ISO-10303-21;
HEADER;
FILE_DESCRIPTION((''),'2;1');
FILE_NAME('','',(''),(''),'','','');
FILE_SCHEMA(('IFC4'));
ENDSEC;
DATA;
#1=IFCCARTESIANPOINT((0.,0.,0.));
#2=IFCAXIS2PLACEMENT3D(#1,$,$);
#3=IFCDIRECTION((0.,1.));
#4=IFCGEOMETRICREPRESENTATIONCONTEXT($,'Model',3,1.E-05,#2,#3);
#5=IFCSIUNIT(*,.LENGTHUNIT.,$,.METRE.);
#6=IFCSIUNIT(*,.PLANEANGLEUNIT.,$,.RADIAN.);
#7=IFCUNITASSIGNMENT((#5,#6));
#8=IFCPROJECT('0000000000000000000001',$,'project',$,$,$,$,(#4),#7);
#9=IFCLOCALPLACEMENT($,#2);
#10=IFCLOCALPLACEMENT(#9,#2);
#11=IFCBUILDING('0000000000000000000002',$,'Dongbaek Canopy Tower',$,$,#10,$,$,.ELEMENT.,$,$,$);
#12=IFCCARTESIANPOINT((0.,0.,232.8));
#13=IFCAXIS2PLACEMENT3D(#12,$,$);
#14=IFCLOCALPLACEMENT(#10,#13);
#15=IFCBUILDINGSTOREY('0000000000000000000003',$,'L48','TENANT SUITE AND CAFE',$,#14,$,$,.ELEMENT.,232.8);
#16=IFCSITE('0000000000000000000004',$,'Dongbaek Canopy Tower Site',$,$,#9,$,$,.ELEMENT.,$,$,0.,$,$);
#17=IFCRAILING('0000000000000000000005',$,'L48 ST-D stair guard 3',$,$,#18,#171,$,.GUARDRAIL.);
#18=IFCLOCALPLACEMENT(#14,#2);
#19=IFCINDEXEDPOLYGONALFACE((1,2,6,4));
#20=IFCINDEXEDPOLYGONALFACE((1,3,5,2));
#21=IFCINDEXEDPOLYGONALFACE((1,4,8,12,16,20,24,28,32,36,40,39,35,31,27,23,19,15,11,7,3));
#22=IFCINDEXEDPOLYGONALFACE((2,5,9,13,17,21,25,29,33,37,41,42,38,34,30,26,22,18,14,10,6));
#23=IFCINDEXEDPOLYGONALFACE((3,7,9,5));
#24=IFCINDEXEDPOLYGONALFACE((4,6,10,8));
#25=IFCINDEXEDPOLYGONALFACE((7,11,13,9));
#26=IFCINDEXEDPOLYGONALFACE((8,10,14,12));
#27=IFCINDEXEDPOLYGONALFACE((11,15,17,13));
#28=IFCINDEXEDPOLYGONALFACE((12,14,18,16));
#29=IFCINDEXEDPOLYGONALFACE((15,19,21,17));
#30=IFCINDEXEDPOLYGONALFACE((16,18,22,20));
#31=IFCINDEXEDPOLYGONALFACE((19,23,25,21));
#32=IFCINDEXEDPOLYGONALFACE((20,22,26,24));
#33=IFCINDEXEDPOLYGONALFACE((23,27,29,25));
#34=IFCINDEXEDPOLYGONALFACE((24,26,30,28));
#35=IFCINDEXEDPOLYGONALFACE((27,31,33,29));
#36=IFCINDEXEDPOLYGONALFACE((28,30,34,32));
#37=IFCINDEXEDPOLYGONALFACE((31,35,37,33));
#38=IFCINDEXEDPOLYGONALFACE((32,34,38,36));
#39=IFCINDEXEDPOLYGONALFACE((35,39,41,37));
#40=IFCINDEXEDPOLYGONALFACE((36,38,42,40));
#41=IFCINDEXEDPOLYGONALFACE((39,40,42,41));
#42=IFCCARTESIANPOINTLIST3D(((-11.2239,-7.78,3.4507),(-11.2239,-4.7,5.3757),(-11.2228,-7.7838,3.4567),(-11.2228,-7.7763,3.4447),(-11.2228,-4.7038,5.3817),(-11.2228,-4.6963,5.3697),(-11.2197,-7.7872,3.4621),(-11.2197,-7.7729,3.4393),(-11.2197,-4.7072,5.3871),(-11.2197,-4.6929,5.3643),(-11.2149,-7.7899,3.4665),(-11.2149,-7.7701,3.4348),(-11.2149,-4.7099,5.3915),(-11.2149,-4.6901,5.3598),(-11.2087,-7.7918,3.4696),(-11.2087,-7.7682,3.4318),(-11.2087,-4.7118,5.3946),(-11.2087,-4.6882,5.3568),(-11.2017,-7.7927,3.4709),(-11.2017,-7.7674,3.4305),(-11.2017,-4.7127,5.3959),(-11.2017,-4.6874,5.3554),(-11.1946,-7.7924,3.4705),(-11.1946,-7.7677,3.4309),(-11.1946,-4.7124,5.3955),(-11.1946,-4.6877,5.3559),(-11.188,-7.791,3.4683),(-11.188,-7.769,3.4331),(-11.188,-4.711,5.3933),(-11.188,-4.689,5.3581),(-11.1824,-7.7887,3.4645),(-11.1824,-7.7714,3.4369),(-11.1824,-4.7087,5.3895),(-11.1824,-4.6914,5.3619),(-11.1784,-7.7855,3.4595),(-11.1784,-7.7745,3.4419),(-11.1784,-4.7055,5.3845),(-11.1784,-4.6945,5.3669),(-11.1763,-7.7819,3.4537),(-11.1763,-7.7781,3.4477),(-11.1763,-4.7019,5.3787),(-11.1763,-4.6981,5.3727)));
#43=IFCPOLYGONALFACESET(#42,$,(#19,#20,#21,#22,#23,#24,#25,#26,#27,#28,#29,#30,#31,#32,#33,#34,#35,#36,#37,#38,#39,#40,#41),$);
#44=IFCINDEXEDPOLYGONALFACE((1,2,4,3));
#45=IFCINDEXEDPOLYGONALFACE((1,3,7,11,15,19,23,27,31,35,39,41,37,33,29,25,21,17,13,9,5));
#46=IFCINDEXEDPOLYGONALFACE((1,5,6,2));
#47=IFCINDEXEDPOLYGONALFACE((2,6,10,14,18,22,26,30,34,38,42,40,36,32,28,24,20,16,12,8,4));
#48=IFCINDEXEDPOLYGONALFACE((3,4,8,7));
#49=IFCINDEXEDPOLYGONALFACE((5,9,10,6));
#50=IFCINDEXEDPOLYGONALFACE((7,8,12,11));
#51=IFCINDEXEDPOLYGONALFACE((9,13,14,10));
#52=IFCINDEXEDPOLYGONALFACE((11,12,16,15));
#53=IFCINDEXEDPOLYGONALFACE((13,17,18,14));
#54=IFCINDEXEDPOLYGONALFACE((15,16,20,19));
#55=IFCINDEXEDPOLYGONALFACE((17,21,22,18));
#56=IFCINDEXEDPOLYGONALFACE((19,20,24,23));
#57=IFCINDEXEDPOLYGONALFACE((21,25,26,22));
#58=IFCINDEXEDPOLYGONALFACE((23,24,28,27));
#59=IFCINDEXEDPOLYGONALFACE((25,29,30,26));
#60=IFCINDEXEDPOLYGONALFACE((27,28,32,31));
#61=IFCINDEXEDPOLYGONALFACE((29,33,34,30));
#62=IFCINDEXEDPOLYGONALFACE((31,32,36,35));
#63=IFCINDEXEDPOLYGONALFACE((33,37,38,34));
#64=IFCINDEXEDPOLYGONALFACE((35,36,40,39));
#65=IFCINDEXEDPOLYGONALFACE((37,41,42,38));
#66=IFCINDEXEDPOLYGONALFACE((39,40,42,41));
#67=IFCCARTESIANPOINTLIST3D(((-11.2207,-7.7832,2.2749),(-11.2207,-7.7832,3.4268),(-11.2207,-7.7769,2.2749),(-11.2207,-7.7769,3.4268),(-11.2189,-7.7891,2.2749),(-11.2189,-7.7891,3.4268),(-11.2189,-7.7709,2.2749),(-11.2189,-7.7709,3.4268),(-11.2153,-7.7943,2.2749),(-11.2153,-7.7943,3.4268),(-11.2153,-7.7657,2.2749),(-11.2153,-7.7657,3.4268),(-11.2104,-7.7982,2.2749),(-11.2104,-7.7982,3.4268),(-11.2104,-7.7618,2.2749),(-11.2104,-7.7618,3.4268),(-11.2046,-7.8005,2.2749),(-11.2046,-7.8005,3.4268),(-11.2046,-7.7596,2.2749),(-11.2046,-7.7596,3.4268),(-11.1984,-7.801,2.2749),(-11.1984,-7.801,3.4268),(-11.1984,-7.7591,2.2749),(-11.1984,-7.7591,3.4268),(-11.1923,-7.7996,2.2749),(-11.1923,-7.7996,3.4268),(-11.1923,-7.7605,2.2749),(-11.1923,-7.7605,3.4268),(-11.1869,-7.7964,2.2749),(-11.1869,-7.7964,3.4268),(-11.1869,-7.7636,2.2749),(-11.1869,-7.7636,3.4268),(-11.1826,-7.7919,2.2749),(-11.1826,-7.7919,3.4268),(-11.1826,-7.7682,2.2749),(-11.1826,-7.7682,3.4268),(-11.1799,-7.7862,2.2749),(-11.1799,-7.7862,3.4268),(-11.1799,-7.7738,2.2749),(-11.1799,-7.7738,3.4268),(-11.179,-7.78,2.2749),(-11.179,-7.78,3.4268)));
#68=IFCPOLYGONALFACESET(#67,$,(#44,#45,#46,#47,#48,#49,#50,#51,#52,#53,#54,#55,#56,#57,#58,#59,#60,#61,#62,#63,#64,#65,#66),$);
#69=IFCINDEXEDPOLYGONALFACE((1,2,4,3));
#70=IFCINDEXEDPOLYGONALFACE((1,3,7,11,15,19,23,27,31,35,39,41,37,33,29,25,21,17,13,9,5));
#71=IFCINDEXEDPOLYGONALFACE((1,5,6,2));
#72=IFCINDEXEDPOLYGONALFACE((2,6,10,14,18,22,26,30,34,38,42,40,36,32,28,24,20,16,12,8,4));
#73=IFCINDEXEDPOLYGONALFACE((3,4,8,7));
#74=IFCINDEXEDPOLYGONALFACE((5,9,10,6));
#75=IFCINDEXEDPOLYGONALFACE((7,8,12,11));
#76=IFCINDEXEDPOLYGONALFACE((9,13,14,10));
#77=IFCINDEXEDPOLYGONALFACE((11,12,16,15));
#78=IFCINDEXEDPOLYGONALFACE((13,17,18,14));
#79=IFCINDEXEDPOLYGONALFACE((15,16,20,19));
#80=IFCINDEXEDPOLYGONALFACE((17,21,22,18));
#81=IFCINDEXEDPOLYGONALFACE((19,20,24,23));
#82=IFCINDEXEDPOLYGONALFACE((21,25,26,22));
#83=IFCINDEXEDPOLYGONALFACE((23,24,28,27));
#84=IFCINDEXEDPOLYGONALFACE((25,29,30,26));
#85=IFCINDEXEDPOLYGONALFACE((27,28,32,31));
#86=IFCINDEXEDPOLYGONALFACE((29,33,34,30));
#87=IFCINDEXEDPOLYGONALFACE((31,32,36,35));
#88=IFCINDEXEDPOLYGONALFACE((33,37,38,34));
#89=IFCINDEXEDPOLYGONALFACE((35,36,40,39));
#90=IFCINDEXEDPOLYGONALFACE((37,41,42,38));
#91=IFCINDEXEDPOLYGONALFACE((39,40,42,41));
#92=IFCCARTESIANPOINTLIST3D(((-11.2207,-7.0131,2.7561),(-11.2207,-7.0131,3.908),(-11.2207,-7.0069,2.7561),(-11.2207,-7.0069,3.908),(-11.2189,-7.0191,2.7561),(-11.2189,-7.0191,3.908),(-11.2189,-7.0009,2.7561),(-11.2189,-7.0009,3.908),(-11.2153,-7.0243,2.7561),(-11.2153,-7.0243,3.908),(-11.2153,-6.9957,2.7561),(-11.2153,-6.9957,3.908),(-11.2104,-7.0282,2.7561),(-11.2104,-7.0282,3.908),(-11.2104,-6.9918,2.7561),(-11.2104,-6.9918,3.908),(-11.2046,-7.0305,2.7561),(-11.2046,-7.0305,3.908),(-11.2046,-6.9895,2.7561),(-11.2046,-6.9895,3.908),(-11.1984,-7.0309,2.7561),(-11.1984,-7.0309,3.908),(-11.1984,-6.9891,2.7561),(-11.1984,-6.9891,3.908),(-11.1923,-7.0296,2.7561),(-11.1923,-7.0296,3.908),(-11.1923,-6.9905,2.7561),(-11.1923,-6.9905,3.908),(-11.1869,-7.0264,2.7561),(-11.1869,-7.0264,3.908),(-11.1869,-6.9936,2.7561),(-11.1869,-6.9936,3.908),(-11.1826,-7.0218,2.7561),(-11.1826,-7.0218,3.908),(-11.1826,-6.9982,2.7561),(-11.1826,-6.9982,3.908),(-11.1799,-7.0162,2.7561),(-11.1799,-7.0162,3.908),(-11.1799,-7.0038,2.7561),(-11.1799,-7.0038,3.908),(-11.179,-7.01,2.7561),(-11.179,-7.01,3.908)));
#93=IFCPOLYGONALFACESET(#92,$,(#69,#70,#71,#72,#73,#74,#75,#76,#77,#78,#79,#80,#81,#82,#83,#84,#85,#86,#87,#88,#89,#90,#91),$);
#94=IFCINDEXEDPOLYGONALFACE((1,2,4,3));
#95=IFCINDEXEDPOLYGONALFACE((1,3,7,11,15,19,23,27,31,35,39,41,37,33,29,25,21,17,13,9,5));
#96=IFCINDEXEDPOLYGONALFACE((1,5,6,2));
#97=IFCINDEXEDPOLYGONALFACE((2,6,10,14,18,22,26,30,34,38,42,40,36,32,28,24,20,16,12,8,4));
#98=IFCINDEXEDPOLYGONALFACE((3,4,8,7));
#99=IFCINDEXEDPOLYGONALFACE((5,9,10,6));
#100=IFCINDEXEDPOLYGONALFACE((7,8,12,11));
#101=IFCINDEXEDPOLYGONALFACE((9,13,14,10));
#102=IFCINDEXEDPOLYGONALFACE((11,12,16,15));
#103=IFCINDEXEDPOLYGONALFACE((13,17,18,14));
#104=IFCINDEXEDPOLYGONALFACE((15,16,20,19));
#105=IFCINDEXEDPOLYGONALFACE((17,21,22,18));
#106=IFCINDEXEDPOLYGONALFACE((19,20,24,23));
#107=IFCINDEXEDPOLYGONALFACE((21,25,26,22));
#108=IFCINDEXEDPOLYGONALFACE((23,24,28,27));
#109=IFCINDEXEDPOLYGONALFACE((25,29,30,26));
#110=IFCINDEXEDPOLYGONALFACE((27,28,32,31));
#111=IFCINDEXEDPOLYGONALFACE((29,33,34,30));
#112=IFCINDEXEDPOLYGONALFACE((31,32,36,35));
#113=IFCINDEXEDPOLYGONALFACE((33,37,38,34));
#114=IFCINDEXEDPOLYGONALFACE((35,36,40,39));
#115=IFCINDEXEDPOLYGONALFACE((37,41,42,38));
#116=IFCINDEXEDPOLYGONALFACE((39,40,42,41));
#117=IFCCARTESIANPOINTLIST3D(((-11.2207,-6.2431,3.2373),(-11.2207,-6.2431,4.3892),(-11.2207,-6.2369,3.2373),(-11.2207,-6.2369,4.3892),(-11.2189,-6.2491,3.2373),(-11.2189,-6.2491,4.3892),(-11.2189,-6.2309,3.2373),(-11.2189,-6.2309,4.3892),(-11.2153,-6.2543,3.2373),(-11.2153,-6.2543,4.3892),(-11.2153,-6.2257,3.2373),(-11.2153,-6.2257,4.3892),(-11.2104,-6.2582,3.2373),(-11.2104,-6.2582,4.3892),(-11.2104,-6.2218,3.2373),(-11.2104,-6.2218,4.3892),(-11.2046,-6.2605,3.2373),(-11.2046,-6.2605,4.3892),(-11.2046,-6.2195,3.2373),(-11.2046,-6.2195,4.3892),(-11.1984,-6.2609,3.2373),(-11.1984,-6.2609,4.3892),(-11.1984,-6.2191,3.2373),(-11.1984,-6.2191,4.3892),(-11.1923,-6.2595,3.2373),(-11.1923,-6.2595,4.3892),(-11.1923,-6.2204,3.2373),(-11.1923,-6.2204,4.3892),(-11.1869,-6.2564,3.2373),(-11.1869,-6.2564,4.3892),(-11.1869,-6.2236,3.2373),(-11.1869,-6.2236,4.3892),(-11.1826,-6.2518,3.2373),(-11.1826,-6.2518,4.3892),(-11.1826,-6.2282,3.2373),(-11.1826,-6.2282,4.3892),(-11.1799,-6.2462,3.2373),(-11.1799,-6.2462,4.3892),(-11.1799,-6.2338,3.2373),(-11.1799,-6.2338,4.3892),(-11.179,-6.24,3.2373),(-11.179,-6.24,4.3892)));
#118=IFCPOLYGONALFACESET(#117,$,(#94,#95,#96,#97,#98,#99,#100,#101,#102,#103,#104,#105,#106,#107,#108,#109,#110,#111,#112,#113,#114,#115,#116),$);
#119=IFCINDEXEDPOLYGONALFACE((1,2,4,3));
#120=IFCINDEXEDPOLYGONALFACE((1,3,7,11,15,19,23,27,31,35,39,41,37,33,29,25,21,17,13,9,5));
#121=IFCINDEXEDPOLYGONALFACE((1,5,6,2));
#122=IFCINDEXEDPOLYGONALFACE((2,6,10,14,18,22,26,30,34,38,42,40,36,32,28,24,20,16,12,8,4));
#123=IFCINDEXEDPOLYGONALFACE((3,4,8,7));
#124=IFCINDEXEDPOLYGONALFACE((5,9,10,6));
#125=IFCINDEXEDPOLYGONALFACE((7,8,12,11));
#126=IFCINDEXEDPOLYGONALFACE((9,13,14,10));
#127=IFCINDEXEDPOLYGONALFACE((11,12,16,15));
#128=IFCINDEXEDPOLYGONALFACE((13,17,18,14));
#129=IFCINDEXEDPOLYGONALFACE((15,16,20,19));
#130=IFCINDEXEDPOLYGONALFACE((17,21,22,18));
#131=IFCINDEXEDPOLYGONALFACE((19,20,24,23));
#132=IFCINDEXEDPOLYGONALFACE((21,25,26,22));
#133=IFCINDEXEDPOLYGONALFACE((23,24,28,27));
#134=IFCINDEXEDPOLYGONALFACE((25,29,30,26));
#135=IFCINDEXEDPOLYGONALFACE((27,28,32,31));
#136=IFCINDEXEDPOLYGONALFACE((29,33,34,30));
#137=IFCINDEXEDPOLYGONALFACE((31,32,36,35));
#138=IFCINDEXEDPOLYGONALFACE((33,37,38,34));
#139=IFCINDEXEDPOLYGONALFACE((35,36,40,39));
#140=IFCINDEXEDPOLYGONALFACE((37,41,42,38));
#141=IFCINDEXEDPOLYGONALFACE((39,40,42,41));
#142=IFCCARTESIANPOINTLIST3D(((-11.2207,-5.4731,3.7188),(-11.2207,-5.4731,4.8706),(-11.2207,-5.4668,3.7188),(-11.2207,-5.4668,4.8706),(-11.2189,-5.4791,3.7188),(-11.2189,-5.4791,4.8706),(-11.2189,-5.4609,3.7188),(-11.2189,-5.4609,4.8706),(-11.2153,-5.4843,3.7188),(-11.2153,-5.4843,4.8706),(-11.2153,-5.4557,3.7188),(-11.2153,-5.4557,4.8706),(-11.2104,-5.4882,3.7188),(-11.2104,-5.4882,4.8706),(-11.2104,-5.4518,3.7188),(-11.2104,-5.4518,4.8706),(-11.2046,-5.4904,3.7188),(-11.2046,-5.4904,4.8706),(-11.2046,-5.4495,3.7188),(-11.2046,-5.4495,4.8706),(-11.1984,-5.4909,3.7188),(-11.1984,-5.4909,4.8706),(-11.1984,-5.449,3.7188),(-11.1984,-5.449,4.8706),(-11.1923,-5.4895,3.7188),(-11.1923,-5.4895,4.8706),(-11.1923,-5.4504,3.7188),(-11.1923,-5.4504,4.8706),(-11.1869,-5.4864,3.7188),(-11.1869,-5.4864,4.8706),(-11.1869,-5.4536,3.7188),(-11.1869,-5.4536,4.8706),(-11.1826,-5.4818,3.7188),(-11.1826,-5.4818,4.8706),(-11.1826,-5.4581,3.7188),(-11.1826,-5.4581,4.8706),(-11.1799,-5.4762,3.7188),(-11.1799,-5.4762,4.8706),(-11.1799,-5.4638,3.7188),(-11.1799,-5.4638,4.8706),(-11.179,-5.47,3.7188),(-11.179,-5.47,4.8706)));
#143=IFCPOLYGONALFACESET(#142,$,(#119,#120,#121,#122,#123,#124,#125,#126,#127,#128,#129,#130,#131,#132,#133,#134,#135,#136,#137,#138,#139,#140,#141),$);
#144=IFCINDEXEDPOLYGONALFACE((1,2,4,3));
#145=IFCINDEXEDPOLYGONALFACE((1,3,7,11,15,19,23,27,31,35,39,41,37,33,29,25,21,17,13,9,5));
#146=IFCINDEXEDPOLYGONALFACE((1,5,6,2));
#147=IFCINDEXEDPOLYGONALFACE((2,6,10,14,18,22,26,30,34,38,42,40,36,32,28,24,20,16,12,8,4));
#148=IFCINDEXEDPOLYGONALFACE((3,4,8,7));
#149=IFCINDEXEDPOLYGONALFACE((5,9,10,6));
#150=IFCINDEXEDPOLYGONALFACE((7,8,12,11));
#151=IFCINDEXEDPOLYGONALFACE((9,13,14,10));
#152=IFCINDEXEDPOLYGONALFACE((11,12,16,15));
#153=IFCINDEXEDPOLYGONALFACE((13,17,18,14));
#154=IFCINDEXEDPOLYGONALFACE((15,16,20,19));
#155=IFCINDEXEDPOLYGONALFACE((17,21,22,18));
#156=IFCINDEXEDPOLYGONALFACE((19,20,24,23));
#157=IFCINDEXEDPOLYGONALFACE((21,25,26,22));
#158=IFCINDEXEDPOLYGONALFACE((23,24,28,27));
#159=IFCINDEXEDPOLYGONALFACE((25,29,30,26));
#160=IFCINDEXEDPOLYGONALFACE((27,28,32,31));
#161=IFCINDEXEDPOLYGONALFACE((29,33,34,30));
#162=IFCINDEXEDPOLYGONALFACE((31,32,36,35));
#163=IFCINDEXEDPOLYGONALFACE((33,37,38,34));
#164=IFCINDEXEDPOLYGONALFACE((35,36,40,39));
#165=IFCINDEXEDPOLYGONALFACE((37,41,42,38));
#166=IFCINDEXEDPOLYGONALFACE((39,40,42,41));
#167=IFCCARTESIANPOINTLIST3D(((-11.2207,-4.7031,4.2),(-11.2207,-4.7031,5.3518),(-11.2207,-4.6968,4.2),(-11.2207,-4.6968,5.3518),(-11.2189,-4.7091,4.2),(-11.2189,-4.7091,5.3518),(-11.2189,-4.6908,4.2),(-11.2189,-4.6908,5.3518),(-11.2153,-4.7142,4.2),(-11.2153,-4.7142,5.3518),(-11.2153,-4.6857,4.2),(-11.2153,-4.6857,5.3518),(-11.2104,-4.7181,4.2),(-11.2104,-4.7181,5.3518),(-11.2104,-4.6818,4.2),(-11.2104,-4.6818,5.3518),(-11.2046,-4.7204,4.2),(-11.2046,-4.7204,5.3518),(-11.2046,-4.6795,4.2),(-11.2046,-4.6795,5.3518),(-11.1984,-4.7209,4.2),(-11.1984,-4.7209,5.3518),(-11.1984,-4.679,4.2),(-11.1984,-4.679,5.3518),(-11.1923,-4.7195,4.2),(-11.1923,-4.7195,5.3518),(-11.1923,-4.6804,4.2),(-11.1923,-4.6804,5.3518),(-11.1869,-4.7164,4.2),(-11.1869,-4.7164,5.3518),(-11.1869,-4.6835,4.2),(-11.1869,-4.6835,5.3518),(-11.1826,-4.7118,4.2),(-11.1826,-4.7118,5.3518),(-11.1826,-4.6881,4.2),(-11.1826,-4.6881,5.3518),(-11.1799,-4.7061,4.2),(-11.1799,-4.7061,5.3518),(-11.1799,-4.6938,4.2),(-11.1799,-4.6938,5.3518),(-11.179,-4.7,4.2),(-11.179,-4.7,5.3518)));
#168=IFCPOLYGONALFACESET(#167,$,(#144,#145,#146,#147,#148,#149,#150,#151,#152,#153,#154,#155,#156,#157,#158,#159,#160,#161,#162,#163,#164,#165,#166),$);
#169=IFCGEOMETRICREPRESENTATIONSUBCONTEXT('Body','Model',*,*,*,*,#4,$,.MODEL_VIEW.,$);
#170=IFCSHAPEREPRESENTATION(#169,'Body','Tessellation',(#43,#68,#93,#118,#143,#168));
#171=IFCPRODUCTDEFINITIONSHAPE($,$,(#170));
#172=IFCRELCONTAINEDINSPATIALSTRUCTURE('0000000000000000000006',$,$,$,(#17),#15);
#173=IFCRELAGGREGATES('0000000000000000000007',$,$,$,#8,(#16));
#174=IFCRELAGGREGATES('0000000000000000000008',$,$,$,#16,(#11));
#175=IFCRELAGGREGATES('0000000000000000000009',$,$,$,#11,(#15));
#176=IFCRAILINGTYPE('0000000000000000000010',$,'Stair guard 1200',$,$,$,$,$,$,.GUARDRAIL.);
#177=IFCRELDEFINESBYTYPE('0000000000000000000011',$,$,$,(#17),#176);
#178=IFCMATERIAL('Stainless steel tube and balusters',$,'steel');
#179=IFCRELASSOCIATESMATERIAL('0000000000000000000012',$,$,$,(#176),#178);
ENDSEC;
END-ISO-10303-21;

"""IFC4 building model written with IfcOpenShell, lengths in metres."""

from ifc_helpers import new_model, si_unit, direction, frame, origin, origin_2d, place, context, subcontext, project, spatial, circle, extrude, material, type_object, element, save


model = new_model("IFC4")

# Units and contexts
model_context = context("Model", 3, precision=1e-05, world=origin(), true_north=direction((0.0, 1.0)))
body_context = subcontext(model_context, "Body", "Model", "MODEL_VIEW")
ifc_project = project(units=[si_unit("LENGTHUNIT", "METRE"), si_unit("PLANEANGLEUNIT", "RADIAN")], contexts=[model_context])

# Site, building, storey
site_placement = place(None, origin())
site = spatial("IfcSite", under=ifc_project, at=site_placement, Name="Dongbaek Canopy Tower Site", CompositionType="ELEMENT", RefElevation=0.0)
building_placement = place(site_placement, origin())
building = spatial("IfcBuilding", under=site, at=building_placement, Name="Dongbaek Canopy Tower", CompositionType="ELEMENT")
storey_placement = place(building_placement, frame((0.0, 0.0, 232.8)))
storey = spatial("IfcBuildingStorey", under=building, at=storey_placement, Name="L48", Description="TENANT SUITE AND CAFE", CompositionType="ELEMENT", Elevation=232.8)

# Railing
ifc_material_1 = material(Name="Stainless steel tube and balusters", Category="steel")
railing_type_1 = type_object("IfcRailingType", Name="Stair guard 1200", PredefinedType="GUARDRAIL", material=ifc_material_1)
railing_1_placement = place(storey_placement, frame((-11.2, -7.78, 2.2749)))
element("IfcRailing", 1, at=railing_1_placement, inside=storey, type_object=railing_type_1, Name="L48 ST-D stair guard 3", PredefinedType="GUARDRAIL", context=body_context, shape_type="SweptSolid", body=[
    extrude(circle(Radius=0.0239, at=origin_2d()), frame((0.0, 0.0, 1.1758), z_axis=(0.0, 0.847998, 0.529999), x_axis=(-1.0, 0.0, 0.0)), (0.0, 0.0, 1.0), 3.6321),
    extrude(circle(Radius=0.021, at=origin_2d()), origin(), (0.0, 0.0, 1.0), 1.1519),
    extrude(circle(Radius=0.021, at=origin_2d()), frame((0.0, 0.77, 0.4812)), (0.0, 0.0, 1.0), 1.1519),
    extrude(circle(Radius=0.021, at=origin_2d()), frame((0.0, 1.54, 0.9624)), (0.0, 0.0, 1.0), 1.1519),
    extrude(circle(Radius=0.021, at=origin_2d()), frame((0.0, 2.3101, 1.4438)), (0.0, 0.0, 1.0), 1.1519),
    extrude(circle(Radius=0.021, at=origin_2d()), frame((0.0, 3.0801, 1.925)), (0.0, 0.0, 1.0), 1.1519),
])

save(model, "model.ifc")
